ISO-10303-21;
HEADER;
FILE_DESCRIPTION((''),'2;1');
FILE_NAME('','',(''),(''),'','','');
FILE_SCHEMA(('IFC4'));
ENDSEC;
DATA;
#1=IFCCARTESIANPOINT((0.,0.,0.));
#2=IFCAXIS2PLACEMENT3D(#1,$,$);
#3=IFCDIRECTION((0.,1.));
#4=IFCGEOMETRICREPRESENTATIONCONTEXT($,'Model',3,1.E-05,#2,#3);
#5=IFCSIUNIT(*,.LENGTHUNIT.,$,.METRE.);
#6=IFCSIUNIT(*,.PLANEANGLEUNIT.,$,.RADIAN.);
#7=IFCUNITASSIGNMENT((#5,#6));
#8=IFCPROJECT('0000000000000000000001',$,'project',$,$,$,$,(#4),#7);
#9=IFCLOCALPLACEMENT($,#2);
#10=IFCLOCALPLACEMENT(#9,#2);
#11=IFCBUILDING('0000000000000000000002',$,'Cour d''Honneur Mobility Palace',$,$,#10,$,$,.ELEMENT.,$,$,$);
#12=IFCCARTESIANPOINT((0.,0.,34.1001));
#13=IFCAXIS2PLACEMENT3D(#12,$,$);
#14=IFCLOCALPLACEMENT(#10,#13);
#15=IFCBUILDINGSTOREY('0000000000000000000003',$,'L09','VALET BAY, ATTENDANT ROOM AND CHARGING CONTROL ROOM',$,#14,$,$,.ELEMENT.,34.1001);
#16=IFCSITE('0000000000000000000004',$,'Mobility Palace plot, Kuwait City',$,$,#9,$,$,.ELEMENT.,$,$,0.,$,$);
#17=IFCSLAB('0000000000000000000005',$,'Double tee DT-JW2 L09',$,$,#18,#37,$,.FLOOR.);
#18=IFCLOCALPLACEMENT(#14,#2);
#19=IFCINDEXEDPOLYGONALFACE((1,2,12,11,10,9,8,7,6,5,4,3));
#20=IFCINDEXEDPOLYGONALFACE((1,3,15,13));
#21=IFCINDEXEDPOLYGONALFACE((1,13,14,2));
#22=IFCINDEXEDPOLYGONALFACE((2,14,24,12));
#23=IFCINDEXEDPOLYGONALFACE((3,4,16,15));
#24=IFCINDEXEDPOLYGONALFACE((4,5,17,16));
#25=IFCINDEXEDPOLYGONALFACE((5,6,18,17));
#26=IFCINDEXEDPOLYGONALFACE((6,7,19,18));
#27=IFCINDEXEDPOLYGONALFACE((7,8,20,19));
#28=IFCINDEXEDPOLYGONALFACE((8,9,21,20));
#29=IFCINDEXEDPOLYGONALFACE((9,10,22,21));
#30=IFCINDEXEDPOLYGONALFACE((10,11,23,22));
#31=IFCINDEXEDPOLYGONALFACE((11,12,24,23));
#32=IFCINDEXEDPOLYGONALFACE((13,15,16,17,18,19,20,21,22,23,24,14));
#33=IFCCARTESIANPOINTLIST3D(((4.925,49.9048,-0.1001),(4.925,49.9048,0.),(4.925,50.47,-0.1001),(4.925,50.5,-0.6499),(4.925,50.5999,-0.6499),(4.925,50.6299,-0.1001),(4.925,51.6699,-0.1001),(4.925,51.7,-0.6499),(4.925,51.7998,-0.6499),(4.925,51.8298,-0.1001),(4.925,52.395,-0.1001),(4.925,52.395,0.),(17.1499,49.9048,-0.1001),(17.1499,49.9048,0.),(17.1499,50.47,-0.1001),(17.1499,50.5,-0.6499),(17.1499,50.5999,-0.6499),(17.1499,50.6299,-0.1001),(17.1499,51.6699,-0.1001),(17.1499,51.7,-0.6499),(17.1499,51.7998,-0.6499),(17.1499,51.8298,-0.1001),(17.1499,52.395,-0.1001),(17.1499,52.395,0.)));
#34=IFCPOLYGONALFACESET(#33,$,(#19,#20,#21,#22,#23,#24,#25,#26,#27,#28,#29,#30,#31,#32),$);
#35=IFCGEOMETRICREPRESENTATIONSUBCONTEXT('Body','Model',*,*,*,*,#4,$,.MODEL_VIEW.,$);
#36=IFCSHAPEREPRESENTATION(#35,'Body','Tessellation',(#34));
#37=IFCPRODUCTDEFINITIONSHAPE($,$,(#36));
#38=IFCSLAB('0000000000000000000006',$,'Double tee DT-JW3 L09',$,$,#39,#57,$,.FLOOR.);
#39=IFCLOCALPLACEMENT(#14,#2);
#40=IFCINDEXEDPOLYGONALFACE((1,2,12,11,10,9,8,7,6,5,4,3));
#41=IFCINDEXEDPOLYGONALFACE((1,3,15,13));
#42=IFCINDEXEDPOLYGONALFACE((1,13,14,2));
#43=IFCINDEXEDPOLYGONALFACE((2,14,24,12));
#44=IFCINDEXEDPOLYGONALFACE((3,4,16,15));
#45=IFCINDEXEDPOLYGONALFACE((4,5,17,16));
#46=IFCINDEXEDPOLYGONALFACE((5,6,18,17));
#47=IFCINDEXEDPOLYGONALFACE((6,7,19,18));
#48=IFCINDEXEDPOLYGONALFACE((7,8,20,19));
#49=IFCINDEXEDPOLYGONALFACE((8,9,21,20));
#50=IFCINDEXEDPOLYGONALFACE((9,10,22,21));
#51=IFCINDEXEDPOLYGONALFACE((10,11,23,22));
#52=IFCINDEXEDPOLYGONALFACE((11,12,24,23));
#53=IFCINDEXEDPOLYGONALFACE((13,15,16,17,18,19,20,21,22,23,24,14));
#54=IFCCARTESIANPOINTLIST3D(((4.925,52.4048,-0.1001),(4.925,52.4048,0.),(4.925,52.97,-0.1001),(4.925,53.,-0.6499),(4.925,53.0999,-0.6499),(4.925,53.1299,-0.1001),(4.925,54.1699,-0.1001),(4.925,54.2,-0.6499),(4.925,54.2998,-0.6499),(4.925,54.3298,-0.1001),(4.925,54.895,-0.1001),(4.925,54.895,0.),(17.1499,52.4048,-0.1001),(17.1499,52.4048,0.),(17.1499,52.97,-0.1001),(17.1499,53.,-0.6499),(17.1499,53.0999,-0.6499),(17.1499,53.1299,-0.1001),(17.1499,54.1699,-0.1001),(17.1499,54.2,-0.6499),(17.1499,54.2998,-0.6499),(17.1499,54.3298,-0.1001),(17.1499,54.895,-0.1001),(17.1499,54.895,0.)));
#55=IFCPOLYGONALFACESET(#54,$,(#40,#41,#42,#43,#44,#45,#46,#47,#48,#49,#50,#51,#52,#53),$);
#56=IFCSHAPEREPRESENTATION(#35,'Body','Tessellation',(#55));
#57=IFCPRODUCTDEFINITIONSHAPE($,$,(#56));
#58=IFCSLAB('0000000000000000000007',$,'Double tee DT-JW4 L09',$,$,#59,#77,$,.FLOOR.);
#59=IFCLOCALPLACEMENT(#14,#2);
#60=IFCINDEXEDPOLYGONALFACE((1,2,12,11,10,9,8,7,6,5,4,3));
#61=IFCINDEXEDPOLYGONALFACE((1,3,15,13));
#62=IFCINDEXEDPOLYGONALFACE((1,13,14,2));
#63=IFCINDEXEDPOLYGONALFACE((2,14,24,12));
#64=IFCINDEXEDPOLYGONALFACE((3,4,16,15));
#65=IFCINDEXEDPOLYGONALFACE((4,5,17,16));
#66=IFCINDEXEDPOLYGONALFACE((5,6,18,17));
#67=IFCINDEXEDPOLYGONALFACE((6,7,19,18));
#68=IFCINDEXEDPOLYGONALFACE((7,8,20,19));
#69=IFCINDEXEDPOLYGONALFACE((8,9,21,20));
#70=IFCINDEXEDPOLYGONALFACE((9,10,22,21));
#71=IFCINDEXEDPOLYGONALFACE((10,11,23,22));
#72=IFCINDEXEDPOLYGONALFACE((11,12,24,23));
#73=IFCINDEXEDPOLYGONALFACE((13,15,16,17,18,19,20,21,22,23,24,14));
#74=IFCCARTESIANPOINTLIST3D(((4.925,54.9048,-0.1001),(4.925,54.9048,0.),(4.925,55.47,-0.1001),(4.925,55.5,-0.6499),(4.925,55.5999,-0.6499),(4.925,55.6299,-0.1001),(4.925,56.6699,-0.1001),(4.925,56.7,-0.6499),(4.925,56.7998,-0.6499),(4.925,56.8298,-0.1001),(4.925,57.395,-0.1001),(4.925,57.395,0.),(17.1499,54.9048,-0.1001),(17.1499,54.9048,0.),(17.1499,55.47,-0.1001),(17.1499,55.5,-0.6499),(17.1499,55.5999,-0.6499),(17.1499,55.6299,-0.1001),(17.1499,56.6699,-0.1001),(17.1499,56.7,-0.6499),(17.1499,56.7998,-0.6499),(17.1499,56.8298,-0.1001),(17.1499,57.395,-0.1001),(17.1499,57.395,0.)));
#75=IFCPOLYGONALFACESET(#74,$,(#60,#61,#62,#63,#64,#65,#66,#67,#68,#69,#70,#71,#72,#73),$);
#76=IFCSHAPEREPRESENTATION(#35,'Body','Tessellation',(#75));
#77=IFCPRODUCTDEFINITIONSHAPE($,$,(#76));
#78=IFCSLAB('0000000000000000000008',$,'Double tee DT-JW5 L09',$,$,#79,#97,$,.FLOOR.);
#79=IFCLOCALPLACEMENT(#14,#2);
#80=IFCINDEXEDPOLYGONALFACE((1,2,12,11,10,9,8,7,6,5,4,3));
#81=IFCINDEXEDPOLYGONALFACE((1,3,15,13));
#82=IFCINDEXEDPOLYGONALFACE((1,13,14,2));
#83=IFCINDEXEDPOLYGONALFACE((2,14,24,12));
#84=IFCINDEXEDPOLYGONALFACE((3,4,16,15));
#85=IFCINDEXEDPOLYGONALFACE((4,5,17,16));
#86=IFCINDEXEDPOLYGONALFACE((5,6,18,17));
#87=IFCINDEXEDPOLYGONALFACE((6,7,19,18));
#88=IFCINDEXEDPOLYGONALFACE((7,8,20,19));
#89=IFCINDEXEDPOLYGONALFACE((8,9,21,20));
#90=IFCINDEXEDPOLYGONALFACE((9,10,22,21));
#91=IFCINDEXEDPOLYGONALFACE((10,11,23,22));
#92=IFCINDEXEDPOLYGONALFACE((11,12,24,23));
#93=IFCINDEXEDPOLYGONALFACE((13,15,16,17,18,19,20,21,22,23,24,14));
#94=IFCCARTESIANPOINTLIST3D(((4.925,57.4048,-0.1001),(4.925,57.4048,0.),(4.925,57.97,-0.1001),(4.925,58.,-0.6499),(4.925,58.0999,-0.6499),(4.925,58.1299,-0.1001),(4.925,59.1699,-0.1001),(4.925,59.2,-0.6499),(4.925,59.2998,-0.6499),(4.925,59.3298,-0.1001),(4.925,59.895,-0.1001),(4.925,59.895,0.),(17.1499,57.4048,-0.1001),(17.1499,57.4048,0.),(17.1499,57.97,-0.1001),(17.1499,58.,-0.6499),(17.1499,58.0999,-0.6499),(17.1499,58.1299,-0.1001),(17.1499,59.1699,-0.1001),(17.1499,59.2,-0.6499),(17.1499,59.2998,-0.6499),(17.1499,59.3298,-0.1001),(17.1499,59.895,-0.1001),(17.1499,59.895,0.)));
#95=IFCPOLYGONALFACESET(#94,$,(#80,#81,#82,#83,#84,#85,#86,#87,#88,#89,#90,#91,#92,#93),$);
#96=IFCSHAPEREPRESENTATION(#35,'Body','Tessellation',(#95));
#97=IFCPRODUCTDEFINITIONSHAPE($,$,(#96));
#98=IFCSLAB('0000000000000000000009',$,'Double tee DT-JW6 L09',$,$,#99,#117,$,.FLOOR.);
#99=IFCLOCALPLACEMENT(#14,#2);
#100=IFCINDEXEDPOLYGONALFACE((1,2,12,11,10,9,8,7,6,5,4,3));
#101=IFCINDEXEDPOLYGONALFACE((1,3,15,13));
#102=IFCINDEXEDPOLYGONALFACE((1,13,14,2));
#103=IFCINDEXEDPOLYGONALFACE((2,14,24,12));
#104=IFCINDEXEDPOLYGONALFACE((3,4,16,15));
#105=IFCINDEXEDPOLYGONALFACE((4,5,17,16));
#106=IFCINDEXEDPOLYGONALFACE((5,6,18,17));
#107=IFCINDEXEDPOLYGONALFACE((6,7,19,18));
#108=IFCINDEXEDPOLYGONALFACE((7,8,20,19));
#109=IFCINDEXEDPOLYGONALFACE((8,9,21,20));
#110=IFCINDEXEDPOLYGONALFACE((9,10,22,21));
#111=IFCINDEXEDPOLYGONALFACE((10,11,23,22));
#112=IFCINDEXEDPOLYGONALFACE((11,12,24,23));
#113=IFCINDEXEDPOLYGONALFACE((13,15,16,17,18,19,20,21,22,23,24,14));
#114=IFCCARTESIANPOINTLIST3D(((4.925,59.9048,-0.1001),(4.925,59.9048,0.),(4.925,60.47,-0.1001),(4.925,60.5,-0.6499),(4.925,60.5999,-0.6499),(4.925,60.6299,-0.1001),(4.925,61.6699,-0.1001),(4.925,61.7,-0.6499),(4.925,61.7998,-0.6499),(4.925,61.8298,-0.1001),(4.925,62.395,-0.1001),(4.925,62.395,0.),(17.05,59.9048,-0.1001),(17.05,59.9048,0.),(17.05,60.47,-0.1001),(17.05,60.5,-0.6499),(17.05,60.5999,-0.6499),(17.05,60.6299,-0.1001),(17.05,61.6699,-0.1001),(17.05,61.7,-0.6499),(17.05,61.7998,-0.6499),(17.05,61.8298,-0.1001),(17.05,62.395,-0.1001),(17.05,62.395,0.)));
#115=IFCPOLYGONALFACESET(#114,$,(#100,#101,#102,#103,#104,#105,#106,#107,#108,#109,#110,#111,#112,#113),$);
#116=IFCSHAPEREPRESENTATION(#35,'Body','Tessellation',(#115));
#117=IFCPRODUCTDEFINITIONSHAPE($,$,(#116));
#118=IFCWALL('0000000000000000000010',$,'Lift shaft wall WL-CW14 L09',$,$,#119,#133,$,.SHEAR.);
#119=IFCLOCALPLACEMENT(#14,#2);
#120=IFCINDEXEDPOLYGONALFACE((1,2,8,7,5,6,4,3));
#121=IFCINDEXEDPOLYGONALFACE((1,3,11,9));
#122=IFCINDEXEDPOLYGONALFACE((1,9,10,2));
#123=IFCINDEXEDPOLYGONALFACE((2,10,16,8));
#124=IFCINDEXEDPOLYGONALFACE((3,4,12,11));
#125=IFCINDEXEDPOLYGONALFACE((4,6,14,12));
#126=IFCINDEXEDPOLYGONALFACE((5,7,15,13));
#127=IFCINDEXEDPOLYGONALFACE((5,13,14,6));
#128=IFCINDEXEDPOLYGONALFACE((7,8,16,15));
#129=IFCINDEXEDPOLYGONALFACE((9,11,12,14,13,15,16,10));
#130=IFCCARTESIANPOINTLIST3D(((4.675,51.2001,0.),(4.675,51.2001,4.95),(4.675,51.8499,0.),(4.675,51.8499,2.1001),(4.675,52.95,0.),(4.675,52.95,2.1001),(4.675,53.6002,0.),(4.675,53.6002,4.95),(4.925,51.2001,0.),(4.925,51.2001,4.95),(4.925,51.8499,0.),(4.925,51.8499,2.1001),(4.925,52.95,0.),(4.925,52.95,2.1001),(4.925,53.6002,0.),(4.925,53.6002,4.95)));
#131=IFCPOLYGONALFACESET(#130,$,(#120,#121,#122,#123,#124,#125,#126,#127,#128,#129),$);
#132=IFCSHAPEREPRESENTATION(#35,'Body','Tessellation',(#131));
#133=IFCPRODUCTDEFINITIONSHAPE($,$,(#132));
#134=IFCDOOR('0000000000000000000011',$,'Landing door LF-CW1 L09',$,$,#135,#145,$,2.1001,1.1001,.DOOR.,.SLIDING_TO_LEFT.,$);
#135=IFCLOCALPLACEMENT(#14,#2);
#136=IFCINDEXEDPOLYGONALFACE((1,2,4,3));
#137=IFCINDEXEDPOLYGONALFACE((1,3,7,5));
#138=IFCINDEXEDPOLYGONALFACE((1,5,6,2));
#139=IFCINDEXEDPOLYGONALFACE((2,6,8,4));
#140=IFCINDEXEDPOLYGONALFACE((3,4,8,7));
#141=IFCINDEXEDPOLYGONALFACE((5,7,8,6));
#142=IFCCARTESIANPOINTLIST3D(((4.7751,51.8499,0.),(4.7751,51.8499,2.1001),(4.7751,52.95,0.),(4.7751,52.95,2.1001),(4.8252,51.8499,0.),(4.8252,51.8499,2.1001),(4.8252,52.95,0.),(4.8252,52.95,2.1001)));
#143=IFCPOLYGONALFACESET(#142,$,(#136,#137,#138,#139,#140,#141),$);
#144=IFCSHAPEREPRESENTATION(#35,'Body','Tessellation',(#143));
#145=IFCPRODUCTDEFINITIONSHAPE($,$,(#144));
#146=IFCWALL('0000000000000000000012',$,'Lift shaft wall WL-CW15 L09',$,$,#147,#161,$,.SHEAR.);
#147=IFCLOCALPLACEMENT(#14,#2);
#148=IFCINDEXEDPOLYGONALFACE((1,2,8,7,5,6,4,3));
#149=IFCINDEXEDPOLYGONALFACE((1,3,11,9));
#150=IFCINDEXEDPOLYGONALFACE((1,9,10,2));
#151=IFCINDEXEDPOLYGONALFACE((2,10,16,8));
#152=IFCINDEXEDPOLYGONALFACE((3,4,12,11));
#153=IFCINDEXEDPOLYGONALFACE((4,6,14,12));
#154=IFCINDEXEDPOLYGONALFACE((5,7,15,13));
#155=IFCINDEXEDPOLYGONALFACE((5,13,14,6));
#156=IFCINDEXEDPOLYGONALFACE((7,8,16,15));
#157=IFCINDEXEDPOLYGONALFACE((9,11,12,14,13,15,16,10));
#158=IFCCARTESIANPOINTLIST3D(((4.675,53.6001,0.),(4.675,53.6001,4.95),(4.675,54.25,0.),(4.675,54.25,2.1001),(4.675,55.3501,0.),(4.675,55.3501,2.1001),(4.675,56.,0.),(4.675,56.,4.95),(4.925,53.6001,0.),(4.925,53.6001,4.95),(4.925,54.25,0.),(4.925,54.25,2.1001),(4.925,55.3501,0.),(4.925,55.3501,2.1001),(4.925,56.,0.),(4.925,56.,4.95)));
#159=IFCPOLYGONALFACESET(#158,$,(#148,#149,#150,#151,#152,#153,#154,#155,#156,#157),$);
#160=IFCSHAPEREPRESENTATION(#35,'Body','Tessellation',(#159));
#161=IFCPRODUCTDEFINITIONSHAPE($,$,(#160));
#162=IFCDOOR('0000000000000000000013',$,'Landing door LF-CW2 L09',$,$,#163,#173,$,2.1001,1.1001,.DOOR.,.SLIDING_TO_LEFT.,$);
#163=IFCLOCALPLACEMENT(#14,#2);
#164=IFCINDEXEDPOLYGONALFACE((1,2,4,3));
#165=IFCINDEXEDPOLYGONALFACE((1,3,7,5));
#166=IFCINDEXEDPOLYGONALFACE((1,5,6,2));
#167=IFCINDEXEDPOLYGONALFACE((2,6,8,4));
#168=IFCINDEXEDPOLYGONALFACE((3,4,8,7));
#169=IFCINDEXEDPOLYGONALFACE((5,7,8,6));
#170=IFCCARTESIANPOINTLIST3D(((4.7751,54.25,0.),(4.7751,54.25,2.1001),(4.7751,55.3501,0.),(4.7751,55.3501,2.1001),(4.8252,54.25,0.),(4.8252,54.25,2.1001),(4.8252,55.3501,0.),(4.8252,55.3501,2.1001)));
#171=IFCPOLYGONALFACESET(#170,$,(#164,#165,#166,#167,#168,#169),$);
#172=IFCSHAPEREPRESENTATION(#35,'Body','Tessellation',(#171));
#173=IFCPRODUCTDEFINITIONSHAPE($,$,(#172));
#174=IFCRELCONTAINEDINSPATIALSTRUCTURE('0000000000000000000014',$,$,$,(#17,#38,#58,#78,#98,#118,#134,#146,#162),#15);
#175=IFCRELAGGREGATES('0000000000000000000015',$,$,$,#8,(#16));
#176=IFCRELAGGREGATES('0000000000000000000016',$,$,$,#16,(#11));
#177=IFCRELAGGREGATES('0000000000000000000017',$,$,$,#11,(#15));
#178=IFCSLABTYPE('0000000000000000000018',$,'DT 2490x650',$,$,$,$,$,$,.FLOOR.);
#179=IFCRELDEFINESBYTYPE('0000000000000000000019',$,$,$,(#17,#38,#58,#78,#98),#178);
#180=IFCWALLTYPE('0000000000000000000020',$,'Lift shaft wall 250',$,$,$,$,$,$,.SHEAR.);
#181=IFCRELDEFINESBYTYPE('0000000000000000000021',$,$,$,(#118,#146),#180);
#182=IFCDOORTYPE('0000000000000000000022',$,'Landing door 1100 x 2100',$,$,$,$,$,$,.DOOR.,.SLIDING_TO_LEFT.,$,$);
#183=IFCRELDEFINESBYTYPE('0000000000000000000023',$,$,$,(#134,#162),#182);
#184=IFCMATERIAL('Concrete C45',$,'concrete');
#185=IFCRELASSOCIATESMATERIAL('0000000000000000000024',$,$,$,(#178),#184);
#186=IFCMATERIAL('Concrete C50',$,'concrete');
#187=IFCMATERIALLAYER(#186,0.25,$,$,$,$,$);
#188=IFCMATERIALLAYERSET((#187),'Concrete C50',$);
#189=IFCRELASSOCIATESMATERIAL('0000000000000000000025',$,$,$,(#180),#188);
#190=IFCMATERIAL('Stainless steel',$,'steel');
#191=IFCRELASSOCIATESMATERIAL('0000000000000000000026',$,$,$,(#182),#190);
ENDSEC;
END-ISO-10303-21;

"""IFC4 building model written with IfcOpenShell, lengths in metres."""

from ifc_helpers import new_model, si_unit, direction, frame, frame_2d, origin, place, context, subcontext, project, spatial, polyline, rectangle, outline, extrude, material, layer, layer_set, material_profile, profile_set, type_object, element, fill, save


model = new_model("IFC4")

# Units and contexts
model_context = context("Model", 3, precision=1e-05, world=origin(), true_north=direction((0.0, 1.0)))
body_context = subcontext(model_context, "Body", "Model", "MODEL_VIEW")
ifc_project = project(units=[si_unit("LENGTHUNIT", "METRE"), si_unit("PLANEANGLEUNIT", "RADIAN")], contexts=[model_context])

# Site, building, storey
site_placement = place(None, origin())
site = spatial("IfcSite", under=ifc_project, at=site_placement, Name="Mobility Palace plot, Kuwait City", CompositionType="ELEMENT", RefElevation=0.0)
building_placement = place(site_placement, origin())
building = spatial("IfcBuilding", under=site, at=building_placement, Name="Cour d'Honneur Mobility Palace", CompositionType="ELEMENT")
storey_placement = place(building_placement, frame((0.0, 0.0, 34.1001)))
storey = spatial("IfcBuildingStorey", under=building, at=storey_placement, Name="L09", Description="VALET BAY, ATTENDANT ROOM AND CHARGING CONTROL ROOM", CompositionType="ELEMENT", Elevation=34.1001)

# Slabs
ifc_material_1 = material(Name="Concrete C45", Category="concrete")
ifc_material_profile = material_profile(ifc_material_1, outline(polyline([(-1.2451, 0.0), (1.2451, 0.0), (1.2451, -0.1001), (0.6799, -0.1001), (0.6499, -0.6499), (0.55, -0.6499), (0.52, -0.1001), (-0.52, -0.1001), (-0.55, -0.6499), (-0.6499, -0.6499), (-0.6799, -0.1001), (-1.2451, -0.1001), (-1.2451, 0.0)])), Name="DT 2490x650")
ifc_profile_set = profile_set([ifc_material_profile], Name="Concrete C45")
slab_type = type_object("IfcSlabType", Name="DT 2490x650", PredefinedType="FLOOR", material=ifc_profile_set)
for number, where, z_axis, x_axis, name in (
    (1, (4.925, 51.1499, 0.0), (1.0, 0.0, 0.0), (0.0, 1.0, 0.0), "Double tee DT-JW2 L09"),
    (2, (4.925, 53.6499, 0.0), (1.0, 0.0, 0.0), (0.0, 1.0, 0.0), "Double tee DT-JW3 L09"),
    (3, (4.925, 56.1499, 0.0), (1.0, 0.0, 0.0), (0.0, 1.0, 0.0), "Double tee DT-JW4 L09"),
    (4, (4.925, 58.6499, 0.0), (1.0, 0.0, 0.0), (0.0, 1.0, 0.0), "Double tee DT-JW5 L09"),
):
    element("IfcSlab", number, at=place(storey_placement, frame(where, z_axis=z_axis, x_axis=x_axis)), inside=storey, type_object=slab_type, Name=name, PredefinedType="FLOOR", context=body_context, shape_type="SweptSolid", body=[
        extrude(outline(polyline([(-1.2451, 0.0), (1.2451, 0.0), (1.2451, -0.1001), (0.6799, -0.1001), (0.6499, -0.6499), (0.55, -0.6499), (0.52, -0.1001), (-0.52, -0.1001), (-0.55, -0.6499), (-0.6499, -0.6499), (-0.6799, -0.1001), (-1.2451, -0.1001), (-1.2451, 0.0)])), origin(), (0.0, 0.0, 1.0), 12.2249),
    ])
slab_placement = place(storey_placement, frame((4.925, 61.1499, 0.0), z_axis=(1.0, 0.0, 0.0), x_axis=(0.0, 1.0, 0.0)))
element("IfcSlab", 5, at=slab_placement, inside=storey, type_object=slab_type, Name="Double tee DT-JW6 L09", PredefinedType="FLOOR", context=body_context, shape_type="SweptSolid", body=[
    extrude(outline(polyline([(-1.2451, 0.0), (1.2451, 0.0), (1.2451, -0.1001), (0.6799, -0.1001), (0.6499, -0.6499), (0.55, -0.6499), (0.52, -0.1001), (-0.52, -0.1001), (-0.55, -0.6499), (-0.6499, -0.6499), (-0.6799, -0.1001), (-1.2451, -0.1001), (-1.2451, 0.0)])), origin(), (0.0, 0.0, 1.0), 12.125),
])

# Walls, openings, doors
ifc_material_2 = material(Name="Concrete C50", Category="concrete")
ifc_layer_1 = layer(ifc_material_2, 0.25)
ifc_layer_set_1 = layer_set([ifc_layer_1], Name="Concrete C50")
wall_type_1 = type_object("IfcWallType", Name="Lift shaft wall 250", PredefinedType="SHEAR", material=ifc_layer_set_1)
wall_1_placement = place(storey_placement, frame((4.8, 51.2, 0.0), z_axis=(0.0, 0.0, 1.0), x_axis=(0.0, 1.0, 0.0)))
wall_1 = element("IfcWall", 6, at=wall_1_placement, inside=storey, type_object=wall_type_1, Name="Lift shaft wall WL-CW14 L09", PredefinedType="SHEAR", context=body_context, shape_type="SweptSolid", body=[
    extrude(rectangle(XDim=2.4001, YDim=0.25, at=frame_2d((1.2002, 0.0))), origin(), (0.0, 0.0, 1.0), 4.95),
])
opening_1_placement = place(wall_1_placement, frame((0.6499, 0.0, 0.0)))
opening_1 = element("IfcOpeningElement", 7, at=opening_1_placement, cuts=wall_1, PredefinedType="OPENING", context=body_context, shape_type="SweptSolid", body=[
    extrude(rectangle(XDim=1.1001, YDim=2.1001, at=frame_2d((0.55, 1.05))), frame((0.0, 0.135, 0.0), z_axis=(0.0, -1.0, 0.0), x_axis=(1.0, 0.0, 0.0)), (0.0, 0.0, 1.0), 0.27),
])
ifc_material_3 = material(Name="Stainless steel", Category="steel")
door_type_1 = type_object("IfcDoorType", Name="Landing door 1100 x 2100", OperationType="SLIDING_TO_LEFT", PredefinedType="DOOR", material=ifc_material_3)
door_1_placement = place(opening_1_placement, origin())
door_1 = element("IfcDoor", 8, at=door_1_placement, inside=storey, type_object=door_type_1, Name="Landing door LF-CW1 L09", OperationType="SLIDING_TO_LEFT", OverallHeight=2.1001, OverallWidth=1.1001, PredefinedType="DOOR", context=body_context, shape_type="SweptSolid", body=[
    extrude(rectangle(XDim=1.1001, YDim=2.1001, at=frame_2d((0.55, 1.05))), frame((0.0, 0.0249, 0.0), z_axis=(0.0, -1.0, 0.0), x_axis=(1.0, 0.0, 0.0)), (0.0, 0.0, 1.0), 0.05),
])
fill(opening_1, door_1)
wall_2_placement = place(storey_placement, frame((4.8, 53.6001, 0.0), z_axis=(0.0, 0.0, 1.0), x_axis=(0.0, 1.0, 0.0)))
wall_2 = element("IfcWall", 9, at=wall_2_placement, inside=storey, type_object=wall_type_1, Name="Lift shaft wall WL-CW15 L09", PredefinedType="SHEAR", context=body_context, shape_type="SweptSolid", body=[
    extrude(rectangle(XDim=2.3999, YDim=0.25, at=frame_2d((1.2, 0.0))), origin(), (0.0, 0.0, 1.0), 4.95),
])
opening_2_placement = place(wall_2_placement, frame((0.6499, 0.0, 0.0)))
opening_2 = element("IfcOpeningElement", 10, at=opening_2_placement, cuts=wall_2, PredefinedType="OPENING", context=body_context, shape_type="SweptSolid", body=[
    extrude(rectangle(XDim=1.1001, YDim=2.1001, at=frame_2d((0.55, 1.05))), frame((0.0, 0.135, 0.0), z_axis=(0.0, -1.0, 0.0), x_axis=(1.0, 0.0, 0.0)), (0.0, 0.0, 1.0), 0.27),
])
door_2_placement = place(opening_2_placement, origin())
door_2 = element("IfcDoor", 11, at=door_2_placement, inside=storey, type_object=door_type_1, Name="Landing door LF-CW2 L09", OperationType="SLIDING_TO_LEFT", OverallHeight=2.1001, OverallWidth=1.1001, PredefinedType="DOOR", context=body_context, shape_type="SweptSolid", body=[
    extrude(rectangle(XDim=1.1001, YDim=2.1001, at=frame_2d((0.55, 1.05))), frame((0.0, 0.0249, 0.0), z_axis=(0.0, -1.0, 0.0), x_axis=(1.0, 0.0, 0.0)), (0.0, 0.0, 1.0), 0.05),
])
fill(opening_2, door_2)

save(model, "model.ifc")
